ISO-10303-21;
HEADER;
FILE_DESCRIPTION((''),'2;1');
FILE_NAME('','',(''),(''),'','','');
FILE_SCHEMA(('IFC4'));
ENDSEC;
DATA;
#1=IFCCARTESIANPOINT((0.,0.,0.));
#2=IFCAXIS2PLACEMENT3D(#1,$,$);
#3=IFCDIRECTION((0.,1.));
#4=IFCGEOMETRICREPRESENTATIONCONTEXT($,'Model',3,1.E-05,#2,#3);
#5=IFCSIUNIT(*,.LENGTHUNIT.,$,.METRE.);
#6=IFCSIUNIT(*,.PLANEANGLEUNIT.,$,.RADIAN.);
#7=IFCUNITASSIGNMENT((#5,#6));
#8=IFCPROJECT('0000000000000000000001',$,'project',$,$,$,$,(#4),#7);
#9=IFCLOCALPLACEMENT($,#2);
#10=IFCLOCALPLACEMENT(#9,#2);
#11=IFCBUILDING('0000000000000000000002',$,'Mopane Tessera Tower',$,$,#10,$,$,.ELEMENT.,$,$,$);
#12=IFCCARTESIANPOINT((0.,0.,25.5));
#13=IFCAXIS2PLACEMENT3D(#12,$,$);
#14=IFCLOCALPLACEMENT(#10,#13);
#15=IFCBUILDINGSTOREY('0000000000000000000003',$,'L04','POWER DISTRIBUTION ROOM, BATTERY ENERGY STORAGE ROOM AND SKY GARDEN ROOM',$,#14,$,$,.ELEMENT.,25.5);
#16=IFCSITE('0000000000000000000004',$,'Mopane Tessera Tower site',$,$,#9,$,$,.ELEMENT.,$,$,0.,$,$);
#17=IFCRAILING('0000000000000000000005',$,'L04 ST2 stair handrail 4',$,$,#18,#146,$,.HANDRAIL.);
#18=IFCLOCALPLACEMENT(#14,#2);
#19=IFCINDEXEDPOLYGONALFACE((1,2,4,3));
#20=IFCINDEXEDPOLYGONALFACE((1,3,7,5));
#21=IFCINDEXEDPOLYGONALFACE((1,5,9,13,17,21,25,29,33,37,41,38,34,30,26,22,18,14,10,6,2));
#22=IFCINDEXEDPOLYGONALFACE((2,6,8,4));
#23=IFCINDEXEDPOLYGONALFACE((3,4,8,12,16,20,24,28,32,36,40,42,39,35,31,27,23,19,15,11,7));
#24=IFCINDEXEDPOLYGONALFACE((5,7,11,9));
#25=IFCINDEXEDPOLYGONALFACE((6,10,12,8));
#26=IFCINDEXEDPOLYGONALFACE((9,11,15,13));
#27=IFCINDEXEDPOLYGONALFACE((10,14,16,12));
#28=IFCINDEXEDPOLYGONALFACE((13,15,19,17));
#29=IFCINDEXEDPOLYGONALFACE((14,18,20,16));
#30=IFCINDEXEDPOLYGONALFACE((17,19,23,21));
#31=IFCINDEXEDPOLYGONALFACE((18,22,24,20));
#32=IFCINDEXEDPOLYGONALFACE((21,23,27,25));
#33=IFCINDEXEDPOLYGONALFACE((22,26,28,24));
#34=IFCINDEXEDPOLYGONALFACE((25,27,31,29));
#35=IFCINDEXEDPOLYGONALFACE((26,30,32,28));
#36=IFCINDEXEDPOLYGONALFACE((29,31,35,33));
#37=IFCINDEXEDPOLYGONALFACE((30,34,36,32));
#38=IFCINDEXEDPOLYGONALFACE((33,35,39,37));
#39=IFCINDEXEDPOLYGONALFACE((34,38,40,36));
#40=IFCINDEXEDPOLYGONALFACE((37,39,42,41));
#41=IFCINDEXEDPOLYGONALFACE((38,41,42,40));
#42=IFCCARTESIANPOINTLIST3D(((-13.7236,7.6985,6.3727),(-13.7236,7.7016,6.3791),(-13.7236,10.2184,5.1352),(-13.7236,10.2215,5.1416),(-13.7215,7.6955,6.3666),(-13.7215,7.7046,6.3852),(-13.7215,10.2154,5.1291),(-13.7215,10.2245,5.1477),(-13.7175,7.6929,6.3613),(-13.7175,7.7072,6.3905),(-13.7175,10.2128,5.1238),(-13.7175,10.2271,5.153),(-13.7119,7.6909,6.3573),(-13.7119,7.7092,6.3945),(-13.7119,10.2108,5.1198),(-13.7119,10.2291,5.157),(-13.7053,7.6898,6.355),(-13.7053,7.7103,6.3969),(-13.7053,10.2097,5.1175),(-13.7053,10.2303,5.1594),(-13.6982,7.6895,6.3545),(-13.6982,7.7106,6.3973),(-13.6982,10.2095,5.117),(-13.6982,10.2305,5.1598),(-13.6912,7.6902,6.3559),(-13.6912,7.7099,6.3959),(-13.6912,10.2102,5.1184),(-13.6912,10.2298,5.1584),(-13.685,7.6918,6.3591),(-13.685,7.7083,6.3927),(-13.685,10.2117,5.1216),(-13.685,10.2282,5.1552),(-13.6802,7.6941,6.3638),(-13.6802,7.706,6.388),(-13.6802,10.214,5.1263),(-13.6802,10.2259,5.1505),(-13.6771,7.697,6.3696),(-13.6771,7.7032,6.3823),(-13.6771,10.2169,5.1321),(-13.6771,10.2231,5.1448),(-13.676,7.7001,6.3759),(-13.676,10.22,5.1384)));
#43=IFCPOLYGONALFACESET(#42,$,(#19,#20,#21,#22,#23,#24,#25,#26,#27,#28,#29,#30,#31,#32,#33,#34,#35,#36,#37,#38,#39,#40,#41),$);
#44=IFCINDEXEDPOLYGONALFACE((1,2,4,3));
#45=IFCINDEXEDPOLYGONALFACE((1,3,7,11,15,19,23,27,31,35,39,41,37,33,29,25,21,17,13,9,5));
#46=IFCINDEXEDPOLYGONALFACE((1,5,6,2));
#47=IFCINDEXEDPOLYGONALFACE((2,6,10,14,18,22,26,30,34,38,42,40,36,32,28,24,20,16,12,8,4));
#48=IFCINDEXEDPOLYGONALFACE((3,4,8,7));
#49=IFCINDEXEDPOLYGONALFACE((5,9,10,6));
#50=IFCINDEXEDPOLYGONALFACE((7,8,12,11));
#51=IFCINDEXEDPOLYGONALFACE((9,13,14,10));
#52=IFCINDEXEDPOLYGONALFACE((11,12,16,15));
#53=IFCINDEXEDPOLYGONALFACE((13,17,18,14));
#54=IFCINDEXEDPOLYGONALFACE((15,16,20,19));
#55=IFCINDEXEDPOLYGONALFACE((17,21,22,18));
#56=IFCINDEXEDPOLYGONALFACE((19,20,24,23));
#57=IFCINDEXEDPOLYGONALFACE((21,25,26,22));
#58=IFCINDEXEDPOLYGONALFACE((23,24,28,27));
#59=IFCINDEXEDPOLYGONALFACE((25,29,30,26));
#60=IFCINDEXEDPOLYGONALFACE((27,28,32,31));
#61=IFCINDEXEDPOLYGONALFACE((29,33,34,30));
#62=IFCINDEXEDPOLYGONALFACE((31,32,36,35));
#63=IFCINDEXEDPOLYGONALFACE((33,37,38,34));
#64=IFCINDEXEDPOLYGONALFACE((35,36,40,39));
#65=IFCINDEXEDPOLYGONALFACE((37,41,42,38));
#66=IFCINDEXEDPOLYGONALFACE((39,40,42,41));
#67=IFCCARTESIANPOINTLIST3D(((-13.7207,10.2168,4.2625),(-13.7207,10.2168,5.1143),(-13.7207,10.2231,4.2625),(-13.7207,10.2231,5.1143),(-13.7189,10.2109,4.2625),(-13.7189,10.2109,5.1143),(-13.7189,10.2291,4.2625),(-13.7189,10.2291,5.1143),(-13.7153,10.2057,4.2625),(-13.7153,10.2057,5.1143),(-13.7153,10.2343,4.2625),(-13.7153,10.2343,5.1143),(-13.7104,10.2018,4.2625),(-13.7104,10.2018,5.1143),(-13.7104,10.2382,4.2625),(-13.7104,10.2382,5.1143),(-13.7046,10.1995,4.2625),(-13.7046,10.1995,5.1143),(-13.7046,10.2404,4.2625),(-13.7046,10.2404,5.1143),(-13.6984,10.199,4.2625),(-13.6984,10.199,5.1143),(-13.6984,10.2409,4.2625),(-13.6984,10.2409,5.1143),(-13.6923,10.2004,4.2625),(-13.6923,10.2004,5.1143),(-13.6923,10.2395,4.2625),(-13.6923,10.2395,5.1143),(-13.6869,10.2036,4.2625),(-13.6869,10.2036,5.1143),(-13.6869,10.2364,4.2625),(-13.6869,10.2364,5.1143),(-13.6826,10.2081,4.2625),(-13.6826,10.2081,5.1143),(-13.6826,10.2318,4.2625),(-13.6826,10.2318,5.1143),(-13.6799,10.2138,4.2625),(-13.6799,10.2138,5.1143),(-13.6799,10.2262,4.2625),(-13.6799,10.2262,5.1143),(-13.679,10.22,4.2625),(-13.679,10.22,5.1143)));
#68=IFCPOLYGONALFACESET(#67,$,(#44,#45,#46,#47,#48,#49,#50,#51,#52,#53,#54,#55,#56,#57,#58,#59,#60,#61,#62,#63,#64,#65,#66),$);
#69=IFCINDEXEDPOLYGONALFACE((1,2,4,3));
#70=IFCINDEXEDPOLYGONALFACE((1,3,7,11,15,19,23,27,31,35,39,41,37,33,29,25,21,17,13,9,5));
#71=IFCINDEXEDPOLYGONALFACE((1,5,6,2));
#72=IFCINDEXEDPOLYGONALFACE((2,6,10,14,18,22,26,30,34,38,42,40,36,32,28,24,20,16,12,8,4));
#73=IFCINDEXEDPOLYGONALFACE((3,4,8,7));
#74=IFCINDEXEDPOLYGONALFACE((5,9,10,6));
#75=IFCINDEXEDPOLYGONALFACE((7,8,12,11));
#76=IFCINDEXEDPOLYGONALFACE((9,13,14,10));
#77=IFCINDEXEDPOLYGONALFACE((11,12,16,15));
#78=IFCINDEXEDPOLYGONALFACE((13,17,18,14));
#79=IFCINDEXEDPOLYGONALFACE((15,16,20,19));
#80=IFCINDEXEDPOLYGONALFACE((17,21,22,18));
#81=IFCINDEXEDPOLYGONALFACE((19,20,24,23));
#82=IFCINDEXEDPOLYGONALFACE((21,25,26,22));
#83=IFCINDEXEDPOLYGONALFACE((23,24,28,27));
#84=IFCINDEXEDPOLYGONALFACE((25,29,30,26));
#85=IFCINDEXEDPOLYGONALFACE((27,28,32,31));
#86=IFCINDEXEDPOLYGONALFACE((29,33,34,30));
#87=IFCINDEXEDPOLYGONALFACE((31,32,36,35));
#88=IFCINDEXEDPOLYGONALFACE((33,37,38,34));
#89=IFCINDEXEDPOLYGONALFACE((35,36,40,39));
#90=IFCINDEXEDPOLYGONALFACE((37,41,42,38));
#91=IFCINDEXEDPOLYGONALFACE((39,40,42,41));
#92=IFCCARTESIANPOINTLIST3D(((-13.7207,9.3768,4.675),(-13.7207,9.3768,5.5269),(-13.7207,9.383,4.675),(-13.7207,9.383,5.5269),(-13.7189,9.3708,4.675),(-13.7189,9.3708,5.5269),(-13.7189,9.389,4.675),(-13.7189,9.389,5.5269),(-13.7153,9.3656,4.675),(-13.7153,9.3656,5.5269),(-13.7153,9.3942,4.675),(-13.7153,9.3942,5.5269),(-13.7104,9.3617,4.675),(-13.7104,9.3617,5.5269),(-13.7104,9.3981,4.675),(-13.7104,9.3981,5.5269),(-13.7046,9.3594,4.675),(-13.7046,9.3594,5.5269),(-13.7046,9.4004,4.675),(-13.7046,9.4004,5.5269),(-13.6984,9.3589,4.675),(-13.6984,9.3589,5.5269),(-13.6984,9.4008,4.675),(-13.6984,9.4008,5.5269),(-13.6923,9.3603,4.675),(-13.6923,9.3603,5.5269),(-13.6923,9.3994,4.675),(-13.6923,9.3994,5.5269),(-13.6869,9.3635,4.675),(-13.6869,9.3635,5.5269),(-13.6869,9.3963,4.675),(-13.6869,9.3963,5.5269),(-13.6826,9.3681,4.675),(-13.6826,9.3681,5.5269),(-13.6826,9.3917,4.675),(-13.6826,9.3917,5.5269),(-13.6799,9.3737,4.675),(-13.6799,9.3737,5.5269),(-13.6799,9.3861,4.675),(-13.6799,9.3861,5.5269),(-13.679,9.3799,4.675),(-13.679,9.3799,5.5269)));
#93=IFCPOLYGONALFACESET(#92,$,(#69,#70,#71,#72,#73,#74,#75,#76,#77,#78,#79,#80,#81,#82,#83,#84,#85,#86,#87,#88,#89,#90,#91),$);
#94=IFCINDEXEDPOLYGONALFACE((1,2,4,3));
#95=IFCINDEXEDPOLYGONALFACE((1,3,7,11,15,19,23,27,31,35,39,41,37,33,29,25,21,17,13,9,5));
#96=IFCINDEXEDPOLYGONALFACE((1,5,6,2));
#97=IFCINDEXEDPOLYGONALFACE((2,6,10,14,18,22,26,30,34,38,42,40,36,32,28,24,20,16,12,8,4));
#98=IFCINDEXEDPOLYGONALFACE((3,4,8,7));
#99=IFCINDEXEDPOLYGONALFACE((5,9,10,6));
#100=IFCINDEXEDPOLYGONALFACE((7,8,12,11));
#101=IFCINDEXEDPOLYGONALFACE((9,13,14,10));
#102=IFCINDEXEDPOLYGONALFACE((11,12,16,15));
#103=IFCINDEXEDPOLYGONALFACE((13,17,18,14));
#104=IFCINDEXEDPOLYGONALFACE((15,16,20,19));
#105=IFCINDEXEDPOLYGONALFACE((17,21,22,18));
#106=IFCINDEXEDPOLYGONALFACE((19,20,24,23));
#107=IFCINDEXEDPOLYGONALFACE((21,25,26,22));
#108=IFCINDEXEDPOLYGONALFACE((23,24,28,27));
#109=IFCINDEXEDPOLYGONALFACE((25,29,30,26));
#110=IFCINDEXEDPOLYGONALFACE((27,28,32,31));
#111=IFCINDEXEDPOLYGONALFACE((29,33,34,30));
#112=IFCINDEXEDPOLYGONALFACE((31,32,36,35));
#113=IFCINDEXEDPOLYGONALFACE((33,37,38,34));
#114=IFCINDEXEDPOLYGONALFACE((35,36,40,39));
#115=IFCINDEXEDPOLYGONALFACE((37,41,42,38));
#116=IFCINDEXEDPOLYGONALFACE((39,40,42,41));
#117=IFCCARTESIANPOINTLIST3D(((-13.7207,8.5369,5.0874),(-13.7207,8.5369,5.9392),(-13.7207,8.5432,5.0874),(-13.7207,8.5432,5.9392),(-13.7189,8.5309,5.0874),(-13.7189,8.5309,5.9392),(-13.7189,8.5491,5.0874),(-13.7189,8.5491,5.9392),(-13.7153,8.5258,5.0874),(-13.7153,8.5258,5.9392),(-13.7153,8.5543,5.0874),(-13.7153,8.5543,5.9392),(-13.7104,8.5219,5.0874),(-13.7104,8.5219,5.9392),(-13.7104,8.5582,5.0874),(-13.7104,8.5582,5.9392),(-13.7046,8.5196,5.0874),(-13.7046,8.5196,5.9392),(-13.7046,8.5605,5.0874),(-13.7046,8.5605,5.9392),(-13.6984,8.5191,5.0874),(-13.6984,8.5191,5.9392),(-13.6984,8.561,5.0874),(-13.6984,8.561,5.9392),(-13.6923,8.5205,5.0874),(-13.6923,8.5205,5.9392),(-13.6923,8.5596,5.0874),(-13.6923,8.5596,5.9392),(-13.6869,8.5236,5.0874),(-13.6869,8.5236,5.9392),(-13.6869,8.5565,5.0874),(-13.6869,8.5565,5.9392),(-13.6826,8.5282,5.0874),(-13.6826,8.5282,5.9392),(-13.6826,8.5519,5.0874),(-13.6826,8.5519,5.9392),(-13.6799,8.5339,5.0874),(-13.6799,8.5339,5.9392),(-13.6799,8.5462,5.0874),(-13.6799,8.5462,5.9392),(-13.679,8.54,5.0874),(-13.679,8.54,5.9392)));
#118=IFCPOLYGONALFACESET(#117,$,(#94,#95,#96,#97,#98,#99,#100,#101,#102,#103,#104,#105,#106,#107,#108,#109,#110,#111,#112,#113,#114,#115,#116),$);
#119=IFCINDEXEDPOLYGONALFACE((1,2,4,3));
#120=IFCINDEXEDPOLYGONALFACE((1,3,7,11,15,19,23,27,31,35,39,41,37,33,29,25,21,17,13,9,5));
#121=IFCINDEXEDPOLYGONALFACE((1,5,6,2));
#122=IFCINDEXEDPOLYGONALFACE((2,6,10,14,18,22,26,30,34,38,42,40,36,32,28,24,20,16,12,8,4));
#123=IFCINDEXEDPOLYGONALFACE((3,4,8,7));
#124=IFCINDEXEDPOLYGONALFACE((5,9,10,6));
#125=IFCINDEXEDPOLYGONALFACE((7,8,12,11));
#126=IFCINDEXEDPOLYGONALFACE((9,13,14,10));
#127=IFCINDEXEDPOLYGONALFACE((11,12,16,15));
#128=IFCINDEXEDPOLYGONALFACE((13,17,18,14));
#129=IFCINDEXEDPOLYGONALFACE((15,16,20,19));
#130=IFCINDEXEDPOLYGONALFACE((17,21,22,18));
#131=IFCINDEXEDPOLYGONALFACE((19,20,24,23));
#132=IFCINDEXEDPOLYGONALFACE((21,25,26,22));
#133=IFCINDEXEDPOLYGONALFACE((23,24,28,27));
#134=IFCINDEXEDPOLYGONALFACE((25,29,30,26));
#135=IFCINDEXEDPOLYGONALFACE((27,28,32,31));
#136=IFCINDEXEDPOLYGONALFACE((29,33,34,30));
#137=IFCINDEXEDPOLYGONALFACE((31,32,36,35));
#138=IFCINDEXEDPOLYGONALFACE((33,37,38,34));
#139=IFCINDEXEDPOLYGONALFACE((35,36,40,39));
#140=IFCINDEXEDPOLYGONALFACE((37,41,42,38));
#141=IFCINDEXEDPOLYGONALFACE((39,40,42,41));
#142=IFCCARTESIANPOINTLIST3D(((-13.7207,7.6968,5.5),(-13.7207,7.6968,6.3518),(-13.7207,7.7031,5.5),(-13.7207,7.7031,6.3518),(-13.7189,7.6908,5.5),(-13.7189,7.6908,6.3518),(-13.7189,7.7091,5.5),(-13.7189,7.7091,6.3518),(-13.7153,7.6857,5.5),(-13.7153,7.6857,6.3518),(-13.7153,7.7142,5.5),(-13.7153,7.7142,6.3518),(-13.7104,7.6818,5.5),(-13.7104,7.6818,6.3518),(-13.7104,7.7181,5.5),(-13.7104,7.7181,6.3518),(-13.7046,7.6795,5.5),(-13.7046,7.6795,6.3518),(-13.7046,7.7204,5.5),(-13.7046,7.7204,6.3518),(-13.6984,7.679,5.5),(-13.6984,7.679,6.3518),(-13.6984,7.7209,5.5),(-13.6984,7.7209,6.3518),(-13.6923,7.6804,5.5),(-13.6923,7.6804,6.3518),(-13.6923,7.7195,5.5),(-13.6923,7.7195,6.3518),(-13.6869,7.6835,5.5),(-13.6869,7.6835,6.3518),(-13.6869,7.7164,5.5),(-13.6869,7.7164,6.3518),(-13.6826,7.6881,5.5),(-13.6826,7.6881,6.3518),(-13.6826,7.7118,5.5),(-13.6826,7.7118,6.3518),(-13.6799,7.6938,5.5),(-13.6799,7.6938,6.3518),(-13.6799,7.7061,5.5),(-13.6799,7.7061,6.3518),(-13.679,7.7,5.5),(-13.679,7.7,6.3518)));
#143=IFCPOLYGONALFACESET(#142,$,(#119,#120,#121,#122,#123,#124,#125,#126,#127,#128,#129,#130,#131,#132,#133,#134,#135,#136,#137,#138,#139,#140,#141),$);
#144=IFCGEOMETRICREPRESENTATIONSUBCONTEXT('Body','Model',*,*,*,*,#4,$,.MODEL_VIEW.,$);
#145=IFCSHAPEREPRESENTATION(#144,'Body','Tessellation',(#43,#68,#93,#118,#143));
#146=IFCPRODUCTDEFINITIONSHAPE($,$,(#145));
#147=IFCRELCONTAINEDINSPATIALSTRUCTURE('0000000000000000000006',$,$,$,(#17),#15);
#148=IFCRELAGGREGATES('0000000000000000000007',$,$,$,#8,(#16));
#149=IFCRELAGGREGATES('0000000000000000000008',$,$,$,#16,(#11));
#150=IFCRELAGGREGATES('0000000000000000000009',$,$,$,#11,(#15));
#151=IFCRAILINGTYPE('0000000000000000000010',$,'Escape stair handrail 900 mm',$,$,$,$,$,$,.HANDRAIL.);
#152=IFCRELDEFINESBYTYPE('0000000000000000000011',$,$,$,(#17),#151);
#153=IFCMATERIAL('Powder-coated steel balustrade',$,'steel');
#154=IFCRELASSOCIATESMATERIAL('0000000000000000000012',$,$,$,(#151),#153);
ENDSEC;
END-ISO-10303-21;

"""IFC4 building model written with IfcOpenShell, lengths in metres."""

from ifc_helpers import new_model, si_unit, direction, frame, origin, origin_2d, place, context, subcontext, project, spatial, circle, extrude, material, type_object, element, save


model = new_model("IFC4")

# Units and contexts
model_context = context("Model", 3, precision=1e-05, world=origin(), true_north=direction((0.0, 1.0)))
body_context = subcontext(model_context, "Body", "Model", "MODEL_VIEW")
ifc_project = project(units=[si_unit("LENGTHUNIT", "METRE"), si_unit("PLANEANGLEUNIT", "RADIAN")], contexts=[model_context])

# Site, building, storey
site_placement = place(None, origin())
site = spatial("IfcSite", under=ifc_project, at=site_placement, Name="Mopane Tessera Tower site", CompositionType="ELEMENT", RefElevation=0.0)
building_placement = place(site_placement, origin())
building = spatial("IfcBuilding", under=site, at=building_placement, Name="Mopane Tessera Tower", CompositionType="ELEMENT")
storey_placement = place(building_placement, frame((0.0, 0.0, 25.5)))
storey = spatial("IfcBuildingStorey", under=building, at=storey_placement, Name="L04", Description="POWER DISTRIBUTION ROOM, BATTERY ENERGY STORAGE ROOM AND SKY GARDEN ROOM", CompositionType="ELEMENT", Elevation=25.5)

# Railing
ifc_material_1 = material(Name="Powder-coated steel balustrade", Category="steel")
railing_type_1 = type_object("IfcRailingType", Name="Escape stair handrail 900 mm", PredefinedType="HANDRAIL", material=ifc_material_1)
for number, where, name in (
    (1, (-13.7, 10.22, 4.2625), "L04 ST2 stair handrail 4"),
):
    element("IfcRailing", number, at=place(storey_placement, frame(where)), inside=storey, type_object=railing_type_1, Name=name, PredefinedType="HANDRAIL", context=body_context, shape_type="SweptSolid", body=[
        extrude(circle(Radius=0.0239, at=origin_2d()), frame((0.0, 0.0, 0.876), z_axis=(0.0, -0.897604, 0.440802), x_axis=(1.0, 0.0, 0.0)), (0.0, 0.0, 1.0), 2.8074),
        extrude(circle(Radius=0.021, at=origin_2d()), origin(), (0.0, 0.0, 1.0), 0.8518),
        extrude(circle(Radius=0.021, at=origin_2d()), frame((0.0, -0.8401, 0.4126)), (0.0, 0.0, 1.0), 0.8518),
        extrude(circle(Radius=0.021, at=origin_2d()), frame((0.0, -1.6799, 0.825)), (0.0, 0.0, 1.0), 0.8518),
        extrude(circle(Radius=0.021, at=origin_2d()), frame((0.0, -2.52, 1.2375)), (0.0, 0.0, 1.0), 0.8518),
    ])

save(model, "model.ifc")
